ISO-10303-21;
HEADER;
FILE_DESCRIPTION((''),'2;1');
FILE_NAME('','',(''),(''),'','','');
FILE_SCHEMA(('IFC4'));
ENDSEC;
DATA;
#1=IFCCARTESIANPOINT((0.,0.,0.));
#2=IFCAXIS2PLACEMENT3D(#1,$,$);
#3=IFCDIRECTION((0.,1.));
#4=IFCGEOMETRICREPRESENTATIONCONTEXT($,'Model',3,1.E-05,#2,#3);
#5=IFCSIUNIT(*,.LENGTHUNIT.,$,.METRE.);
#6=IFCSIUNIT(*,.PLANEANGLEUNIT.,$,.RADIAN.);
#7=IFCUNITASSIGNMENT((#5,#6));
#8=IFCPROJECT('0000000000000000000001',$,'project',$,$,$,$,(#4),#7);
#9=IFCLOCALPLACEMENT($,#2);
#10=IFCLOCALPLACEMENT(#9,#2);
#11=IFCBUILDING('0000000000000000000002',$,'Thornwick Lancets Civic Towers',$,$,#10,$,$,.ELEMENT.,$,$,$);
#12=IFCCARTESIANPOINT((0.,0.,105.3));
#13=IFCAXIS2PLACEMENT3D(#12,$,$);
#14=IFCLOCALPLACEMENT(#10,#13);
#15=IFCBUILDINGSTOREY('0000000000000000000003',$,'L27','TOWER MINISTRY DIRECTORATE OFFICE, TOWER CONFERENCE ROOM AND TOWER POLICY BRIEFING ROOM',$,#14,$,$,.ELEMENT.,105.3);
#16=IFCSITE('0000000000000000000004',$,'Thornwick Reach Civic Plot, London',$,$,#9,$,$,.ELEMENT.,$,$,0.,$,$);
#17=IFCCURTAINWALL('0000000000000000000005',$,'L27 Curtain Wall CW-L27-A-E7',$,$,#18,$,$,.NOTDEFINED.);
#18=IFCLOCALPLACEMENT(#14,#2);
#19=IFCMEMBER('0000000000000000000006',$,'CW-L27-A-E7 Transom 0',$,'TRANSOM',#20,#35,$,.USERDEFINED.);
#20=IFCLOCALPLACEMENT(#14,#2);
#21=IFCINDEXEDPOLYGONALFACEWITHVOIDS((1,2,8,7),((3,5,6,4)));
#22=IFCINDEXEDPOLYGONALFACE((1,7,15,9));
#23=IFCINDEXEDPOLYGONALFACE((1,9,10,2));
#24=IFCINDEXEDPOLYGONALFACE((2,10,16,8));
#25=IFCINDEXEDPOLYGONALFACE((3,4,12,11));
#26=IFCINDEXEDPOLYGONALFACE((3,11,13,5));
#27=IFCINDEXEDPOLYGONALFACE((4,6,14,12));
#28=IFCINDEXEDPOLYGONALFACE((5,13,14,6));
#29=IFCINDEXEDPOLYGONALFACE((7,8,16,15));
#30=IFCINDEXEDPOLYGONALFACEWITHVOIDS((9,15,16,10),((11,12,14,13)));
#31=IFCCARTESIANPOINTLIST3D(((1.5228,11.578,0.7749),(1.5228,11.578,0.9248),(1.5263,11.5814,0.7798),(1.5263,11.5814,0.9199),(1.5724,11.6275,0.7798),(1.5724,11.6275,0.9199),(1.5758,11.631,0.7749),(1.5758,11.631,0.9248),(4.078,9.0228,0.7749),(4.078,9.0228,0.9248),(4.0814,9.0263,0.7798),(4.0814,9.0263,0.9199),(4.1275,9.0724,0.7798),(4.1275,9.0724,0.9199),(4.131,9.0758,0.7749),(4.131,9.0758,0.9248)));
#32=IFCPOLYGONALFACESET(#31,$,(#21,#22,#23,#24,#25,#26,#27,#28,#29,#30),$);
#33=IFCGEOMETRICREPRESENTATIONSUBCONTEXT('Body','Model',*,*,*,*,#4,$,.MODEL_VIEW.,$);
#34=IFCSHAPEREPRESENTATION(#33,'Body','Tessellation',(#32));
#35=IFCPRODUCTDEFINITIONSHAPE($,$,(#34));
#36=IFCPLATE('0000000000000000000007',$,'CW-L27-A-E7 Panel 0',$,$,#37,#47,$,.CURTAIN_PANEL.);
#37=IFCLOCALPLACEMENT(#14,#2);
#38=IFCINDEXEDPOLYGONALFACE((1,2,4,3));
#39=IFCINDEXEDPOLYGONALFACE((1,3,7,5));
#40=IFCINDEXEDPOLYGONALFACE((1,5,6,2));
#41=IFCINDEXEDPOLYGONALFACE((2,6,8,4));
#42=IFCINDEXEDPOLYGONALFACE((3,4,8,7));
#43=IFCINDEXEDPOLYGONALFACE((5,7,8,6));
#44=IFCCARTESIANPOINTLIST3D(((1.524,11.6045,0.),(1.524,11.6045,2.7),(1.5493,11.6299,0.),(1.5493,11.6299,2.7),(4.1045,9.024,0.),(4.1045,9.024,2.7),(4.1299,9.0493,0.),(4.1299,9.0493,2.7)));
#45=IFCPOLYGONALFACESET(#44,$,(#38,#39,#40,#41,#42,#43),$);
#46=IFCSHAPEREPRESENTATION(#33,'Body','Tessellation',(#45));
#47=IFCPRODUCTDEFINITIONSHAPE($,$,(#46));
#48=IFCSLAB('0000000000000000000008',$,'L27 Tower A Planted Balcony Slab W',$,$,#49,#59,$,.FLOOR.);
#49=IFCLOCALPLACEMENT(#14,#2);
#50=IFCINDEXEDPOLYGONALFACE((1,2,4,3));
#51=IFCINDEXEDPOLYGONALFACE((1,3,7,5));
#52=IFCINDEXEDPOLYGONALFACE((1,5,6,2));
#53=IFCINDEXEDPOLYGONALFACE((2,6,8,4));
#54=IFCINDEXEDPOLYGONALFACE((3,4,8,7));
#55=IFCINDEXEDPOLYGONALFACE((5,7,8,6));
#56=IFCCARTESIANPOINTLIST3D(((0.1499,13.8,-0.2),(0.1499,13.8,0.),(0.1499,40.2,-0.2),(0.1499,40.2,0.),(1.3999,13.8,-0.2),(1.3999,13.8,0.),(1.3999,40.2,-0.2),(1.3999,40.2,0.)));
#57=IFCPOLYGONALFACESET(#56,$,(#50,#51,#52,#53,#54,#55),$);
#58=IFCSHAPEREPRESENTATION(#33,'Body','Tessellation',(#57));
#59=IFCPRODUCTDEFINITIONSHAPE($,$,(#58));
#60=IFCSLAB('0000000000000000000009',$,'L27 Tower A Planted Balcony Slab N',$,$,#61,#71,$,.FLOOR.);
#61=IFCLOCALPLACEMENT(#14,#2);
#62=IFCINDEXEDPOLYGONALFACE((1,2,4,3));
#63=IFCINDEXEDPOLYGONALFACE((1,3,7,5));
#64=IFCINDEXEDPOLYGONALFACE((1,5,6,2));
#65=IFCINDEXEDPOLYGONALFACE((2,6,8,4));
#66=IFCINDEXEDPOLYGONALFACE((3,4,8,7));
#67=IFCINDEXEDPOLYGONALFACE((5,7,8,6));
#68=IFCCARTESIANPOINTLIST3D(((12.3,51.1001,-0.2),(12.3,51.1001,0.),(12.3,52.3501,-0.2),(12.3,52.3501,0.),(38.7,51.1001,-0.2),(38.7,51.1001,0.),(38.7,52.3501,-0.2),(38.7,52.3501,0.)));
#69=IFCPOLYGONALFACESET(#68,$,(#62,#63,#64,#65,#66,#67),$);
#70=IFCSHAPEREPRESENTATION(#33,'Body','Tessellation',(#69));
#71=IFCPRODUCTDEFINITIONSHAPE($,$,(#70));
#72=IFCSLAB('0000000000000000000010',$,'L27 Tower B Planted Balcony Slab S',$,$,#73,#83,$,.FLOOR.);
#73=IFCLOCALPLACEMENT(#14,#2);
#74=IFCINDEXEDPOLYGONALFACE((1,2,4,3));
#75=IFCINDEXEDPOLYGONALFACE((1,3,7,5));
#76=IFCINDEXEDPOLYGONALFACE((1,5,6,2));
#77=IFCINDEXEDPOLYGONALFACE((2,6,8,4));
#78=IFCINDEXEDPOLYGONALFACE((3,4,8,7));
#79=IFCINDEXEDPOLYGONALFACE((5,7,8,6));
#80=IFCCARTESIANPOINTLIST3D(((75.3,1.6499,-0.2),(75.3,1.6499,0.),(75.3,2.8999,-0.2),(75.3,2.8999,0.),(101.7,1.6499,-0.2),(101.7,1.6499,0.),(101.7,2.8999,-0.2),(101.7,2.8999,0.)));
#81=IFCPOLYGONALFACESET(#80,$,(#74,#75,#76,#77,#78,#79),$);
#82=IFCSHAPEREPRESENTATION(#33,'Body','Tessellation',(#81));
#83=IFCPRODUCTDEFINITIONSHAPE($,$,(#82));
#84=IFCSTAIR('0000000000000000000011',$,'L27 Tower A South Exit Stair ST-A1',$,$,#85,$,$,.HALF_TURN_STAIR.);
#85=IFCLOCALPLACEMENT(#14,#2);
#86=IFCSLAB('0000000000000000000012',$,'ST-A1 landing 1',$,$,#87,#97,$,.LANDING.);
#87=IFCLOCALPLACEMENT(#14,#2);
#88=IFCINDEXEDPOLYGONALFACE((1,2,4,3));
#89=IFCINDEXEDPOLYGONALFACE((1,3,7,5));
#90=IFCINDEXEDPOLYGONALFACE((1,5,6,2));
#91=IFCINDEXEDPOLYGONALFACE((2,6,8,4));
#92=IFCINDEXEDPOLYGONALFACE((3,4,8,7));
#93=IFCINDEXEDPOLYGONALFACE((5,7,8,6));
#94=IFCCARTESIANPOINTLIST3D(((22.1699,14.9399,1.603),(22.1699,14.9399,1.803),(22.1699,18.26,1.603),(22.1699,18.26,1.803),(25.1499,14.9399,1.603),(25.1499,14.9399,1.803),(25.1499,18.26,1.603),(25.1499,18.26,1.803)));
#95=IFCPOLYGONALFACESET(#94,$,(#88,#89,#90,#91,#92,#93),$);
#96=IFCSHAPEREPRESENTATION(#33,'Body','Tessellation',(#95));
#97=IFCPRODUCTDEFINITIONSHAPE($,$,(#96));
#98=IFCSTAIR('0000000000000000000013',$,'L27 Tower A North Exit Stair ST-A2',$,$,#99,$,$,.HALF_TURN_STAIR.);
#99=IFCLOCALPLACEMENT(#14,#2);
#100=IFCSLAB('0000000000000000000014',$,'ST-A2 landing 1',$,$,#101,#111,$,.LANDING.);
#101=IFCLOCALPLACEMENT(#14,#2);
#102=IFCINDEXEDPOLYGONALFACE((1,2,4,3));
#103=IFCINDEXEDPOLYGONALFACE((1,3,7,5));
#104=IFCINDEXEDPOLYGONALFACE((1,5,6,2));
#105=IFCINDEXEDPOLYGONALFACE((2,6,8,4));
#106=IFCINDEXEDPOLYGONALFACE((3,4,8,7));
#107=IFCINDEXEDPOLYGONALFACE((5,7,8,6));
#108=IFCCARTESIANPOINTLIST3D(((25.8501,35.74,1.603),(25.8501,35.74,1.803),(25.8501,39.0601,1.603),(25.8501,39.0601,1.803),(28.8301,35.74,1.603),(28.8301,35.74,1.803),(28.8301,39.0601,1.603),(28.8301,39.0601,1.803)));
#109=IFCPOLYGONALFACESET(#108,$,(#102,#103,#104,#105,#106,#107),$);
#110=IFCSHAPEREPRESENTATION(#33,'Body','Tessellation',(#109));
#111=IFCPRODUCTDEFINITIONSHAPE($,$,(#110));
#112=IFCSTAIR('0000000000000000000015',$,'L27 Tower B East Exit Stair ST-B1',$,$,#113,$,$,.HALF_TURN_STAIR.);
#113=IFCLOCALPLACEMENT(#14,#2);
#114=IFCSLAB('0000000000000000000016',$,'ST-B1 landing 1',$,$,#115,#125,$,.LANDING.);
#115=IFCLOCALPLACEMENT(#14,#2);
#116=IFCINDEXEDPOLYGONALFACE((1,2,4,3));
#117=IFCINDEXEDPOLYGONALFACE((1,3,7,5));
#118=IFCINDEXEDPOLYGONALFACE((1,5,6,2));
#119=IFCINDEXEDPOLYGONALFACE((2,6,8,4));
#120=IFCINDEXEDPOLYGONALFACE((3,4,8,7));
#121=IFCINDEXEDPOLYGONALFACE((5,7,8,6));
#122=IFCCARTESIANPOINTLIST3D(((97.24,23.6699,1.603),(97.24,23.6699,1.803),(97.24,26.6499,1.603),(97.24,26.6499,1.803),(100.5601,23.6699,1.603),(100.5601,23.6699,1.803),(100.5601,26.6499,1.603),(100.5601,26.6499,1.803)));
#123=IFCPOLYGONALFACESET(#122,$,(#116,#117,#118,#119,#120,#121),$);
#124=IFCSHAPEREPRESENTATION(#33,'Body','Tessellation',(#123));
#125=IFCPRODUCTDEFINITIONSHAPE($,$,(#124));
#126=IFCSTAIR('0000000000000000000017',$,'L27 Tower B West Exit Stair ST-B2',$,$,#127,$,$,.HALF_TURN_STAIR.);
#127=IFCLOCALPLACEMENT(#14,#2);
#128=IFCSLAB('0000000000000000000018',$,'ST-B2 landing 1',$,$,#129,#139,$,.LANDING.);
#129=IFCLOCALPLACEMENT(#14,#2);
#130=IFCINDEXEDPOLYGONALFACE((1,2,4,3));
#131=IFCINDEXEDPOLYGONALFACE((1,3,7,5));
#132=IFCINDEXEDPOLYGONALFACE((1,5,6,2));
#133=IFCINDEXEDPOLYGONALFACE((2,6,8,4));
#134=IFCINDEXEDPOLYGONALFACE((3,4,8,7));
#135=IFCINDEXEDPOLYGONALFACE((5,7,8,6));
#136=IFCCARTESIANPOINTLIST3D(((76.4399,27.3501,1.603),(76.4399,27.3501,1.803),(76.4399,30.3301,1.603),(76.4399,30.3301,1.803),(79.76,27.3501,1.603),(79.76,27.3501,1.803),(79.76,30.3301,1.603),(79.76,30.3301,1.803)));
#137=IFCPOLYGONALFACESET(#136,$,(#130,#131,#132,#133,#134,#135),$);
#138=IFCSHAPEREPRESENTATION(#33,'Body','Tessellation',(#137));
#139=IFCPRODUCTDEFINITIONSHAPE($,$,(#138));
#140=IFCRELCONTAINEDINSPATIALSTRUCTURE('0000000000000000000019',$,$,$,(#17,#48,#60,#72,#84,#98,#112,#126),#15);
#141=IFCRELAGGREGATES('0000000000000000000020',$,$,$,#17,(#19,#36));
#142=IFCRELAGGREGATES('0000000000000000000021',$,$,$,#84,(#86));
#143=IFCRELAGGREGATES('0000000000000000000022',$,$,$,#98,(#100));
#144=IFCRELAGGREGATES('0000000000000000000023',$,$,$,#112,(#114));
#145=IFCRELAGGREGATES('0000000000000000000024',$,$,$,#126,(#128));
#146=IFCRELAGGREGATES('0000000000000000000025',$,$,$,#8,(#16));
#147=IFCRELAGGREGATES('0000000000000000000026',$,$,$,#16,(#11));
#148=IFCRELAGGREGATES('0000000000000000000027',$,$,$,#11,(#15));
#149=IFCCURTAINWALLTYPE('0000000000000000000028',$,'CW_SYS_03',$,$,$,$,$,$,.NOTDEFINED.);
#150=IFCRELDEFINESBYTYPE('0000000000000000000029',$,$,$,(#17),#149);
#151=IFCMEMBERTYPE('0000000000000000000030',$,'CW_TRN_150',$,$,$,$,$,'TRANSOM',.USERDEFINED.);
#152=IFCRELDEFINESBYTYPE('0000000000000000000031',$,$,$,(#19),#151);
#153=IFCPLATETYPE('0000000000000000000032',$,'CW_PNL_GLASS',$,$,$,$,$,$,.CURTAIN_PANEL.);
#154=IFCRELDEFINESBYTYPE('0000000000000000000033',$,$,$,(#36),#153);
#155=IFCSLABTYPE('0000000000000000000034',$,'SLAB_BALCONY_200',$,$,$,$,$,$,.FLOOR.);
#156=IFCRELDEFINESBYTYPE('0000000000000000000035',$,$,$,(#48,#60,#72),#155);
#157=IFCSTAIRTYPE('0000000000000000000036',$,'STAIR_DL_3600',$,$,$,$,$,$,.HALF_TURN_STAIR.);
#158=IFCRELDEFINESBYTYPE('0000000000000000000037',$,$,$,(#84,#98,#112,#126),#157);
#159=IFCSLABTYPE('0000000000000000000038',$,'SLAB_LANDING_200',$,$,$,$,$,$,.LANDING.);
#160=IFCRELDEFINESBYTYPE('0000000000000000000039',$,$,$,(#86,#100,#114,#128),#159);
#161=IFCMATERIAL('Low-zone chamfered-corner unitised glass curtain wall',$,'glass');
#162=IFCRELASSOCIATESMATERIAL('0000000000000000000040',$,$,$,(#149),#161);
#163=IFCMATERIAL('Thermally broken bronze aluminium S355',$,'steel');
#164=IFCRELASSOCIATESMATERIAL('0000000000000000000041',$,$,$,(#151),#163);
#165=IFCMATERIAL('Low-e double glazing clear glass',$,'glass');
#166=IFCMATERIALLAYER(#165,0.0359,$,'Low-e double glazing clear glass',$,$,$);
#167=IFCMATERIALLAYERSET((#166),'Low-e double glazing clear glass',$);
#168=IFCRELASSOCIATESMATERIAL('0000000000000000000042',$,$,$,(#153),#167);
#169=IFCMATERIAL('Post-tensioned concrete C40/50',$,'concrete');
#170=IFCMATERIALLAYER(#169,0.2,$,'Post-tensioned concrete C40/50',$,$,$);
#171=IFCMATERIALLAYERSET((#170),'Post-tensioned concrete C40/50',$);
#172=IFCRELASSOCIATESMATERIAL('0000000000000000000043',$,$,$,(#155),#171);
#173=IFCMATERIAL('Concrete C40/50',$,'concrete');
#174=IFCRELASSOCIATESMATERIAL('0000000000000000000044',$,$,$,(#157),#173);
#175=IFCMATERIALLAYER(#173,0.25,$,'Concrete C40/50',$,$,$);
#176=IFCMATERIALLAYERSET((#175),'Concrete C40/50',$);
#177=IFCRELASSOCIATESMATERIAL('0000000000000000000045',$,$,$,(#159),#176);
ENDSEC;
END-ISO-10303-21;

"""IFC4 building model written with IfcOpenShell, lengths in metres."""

from ifc_helpers import new_model, si_unit, direction, frame, origin, origin_2d, place, context, subcontext, project, spatial, polyline, rectangle, hollow_rectangle, outline, extrude, material, layer, layer_set, material_profile, profile_set, type_object, element, aggregate, save


model = new_model("IFC4")

# Units and contexts
model_context = context("Model", 3, precision=1e-05, world=origin(), true_north=direction((0.0, 1.0)))
body_context = subcontext(model_context, "Body", "Model", "MODEL_VIEW")
ifc_project = project(units=[si_unit("LENGTHUNIT", "METRE"), si_unit("PLANEANGLEUNIT", "RADIAN")], contexts=[model_context])

# Site, building, storey
site_placement = place(None, origin())
site = spatial("IfcSite", under=ifc_project, at=site_placement, Name="Thornwick Reach Civic Plot, London", CompositionType="ELEMENT", RefElevation=0.0)
building_placement = place(site_placement, origin())
building = spatial("IfcBuilding", under=site, at=building_placement, Name="Thornwick Lancets Civic Towers", CompositionType="ELEMENT")
storey_placement = place(building_placement, frame((0.0, 0.0, 105.3)))
storey = spatial("IfcBuildingStorey", under=building, at=storey_placement, Name="L27", Description="TOWER MINISTRY DIRECTORATE OFFICE, TOWER CONFERENCE ROOM AND TOWER POLICY BRIEFING ROOM", CompositionType="ELEMENT", Elevation=105.3)

# Curtain wall, member, plate
ifc_material_1 = material(Name="Low-zone chamfered-corner unitised glass curtain wall", Category="glass")
curtain_wall_type = type_object("IfcCurtainWallType", Name="CW_SYS_03", PredefinedType="NOTDEFINED", material=ifc_material_1)
curtain_wall_placement = place(storey_placement, origin())
curtain_wall = element("IfcCurtainWall", 1, at=curtain_wall_placement, inside=storey, type_object=curtain_wall_type, Name="L27 Curtain Wall CW-L27-A-E7", PredefinedType="NOTDEFINED")
ifc_material_2 = material(Name="Thermally broken bronze aluminium S355", Category="steel")
ifc_material_profile_1 = material_profile(ifc_material_2, hollow_rectangle(XDim=0.075, YDim=0.1499, WallThickness=0.0049, at=origin_2d()), Name="RHS 150x75x5")
ifc_profile_set_1 = profile_set([ifc_material_profile_1], Name="Thermally broken bronze aluminium S355")
member_type_1 = type_object("IfcMemberType", Name="CW_TRN_150", ElementType="TRANSOM", PredefinedType="USERDEFINED", material=ifc_profile_set_1)
member_1_placement = place(storey_placement, frame((1.5493, 11.6045, 0.8499), z_axis=(0.707107, -0.707107, 0.0), x_axis=(0.707107, 0.707107, 0.0)))
member_1 = element("IfcMember", 2, at=member_1_placement, type_object=member_type_1, Name="CW-L27-A-E7 Transom 0", ObjectType="TRANSOM", PredefinedType="USERDEFINED", context=body_context, shape_type="SweptSolid", body=[
    extrude(hollow_rectangle(XDim=0.075, YDim=0.1499, WallThickness=0.0049, at=origin_2d()), origin(), (0.0, 0.0, 1.0), 3.6135),
])
ifc_material_3 = material(Name="Low-e double glazing clear glass", Category="glass")
ifc_layer_1 = layer(ifc_material_3, 0.0359, Name="Low-e double glazing clear glass")
ifc_layer_set_1 = layer_set([ifc_layer_1], Name="Low-e double glazing clear glass")
plate_type = type_object("IfcPlateType", Name="CW_PNL_GLASS", PredefinedType="CURTAIN_PANEL", material=ifc_layer_set_1)
plate_placement = place(storey_placement, frame((2.8269, 10.3269, 0.0), z_axis=(0.0, 0.0, 1.0), x_axis=(0.707107, -0.707107, 0.0)))
plate = element("IfcPlate", 3, at=plate_placement, type_object=plate_type, Name="CW-L27-A-E7 Panel 0", PredefinedType="CURTAIN_PANEL", context=body_context, shape_type="SweptSolid", body=[
    extrude(rectangle(XDim=3.6494, YDim=0.0359, at=origin_2d()), origin(), (0.0, 0.0, 1.0), 2.7),
])
aggregate(curtain_wall, [member_1, plate])

# Slabs
ifc_material_4 = material(Name="Post-tensioned concrete C40/50", Category="concrete")
ifc_layer_2 = layer(ifc_material_4, 0.2, Name="Post-tensioned concrete C40/50")
ifc_layer_set_2 = layer_set([ifc_layer_2], Name="Post-tensioned concrete C40/50")
slab_type_1 = type_object("IfcSlabType", Name="SLAB_BALCONY_200", PredefinedType="FLOOR", material=ifc_layer_set_2)
slab_1_placement = place(storey_placement, frame((0.0, 0.0, -0.2)))
element("IfcSlab", 4, at=slab_1_placement, inside=storey, type_object=slab_type_1, Name="L27 Tower A Planted Balcony Slab W", PredefinedType="FLOOR", context=body_context, shape_type="SweptSolid", body=[
    extrude(outline(polyline([(0.1499, 13.8), (1.3999, 13.8), (1.3999, 40.2), (0.1499, 40.2), (0.1499, 13.8)])), origin(), (0.0, 0.0, 1.0), 0.2),
])
slab_2_placement = place(storey_placement, frame((0.0, 0.0, -0.2)))
element("IfcSlab", 5, at=slab_2_placement, inside=storey, type_object=slab_type_1, Name="L27 Tower A Planted Balcony Slab N", PredefinedType="FLOOR", context=body_context, shape_type="SweptSolid", body=[
    extrude(outline(polyline([(12.3, 51.1001), (38.7, 51.1001), (38.7, 52.3501), (12.3, 52.3501), (12.3, 51.1001)])), origin(), (0.0, 0.0, 1.0), 0.2),
])
slab_3_placement = place(storey_placement, frame((0.0, 0.0, -0.2)))
element("IfcSlab", 6, at=slab_3_placement, inside=storey, type_object=slab_type_1, Name="L27 Tower B Planted Balcony Slab S", PredefinedType="FLOOR", context=body_context, shape_type="SweptSolid", body=[
    extrude(outline(polyline([(75.3, 1.6499), (101.7, 1.6499), (101.7, 2.8999), (75.3, 2.8999), (75.3, 1.6499)])), origin(), (0.0, 0.0, 1.0), 0.2),
])

# Stairs, slabs
ifc_material_5 = material(Name="Concrete C40/50", Category="concrete")
stair_type = type_object("IfcStairType", Name="STAIR_DL_3600", PredefinedType="HALF_TURN_STAIR", material=ifc_material_5)
stair_1_placement = place(storey_placement, origin())
stair_1 = element("IfcStair", 7, at=stair_1_placement, inside=storey, type_object=stair_type, Name="L27 Tower A South Exit Stair ST-A1", PredefinedType="HALF_TURN_STAIR")
ifc_layer_3 = layer(ifc_material_5, 0.25, Name="Concrete C40/50")
ifc_layer_set_3 = layer_set([ifc_layer_3], Name="Concrete C40/50")
slab_type_2 = type_object("IfcSlabType", Name="SLAB_LANDING_200", PredefinedType="LANDING", material=ifc_layer_set_3)
slab_4_placement = place(storey_placement, frame((0.0, 0.0, 1.603)))
slab_4 = element("IfcSlab", 8, at=slab_4_placement, type_object=slab_type_2, Name="ST-A1 landing 1", PredefinedType="LANDING", context=body_context, shape_type="SweptSolid", body=[
    extrude(outline(polyline([(22.1699, 14.9399), (25.1499, 14.9399), (25.1499, 18.26), (22.1699, 18.26), (22.1699, 14.9399)])), origin(), (0.0, 0.0, 1.0), 0.2),
])
aggregate(stair_1, [slab_4])
stair_2_placement = place(storey_placement, origin())
stair_2 = element("IfcStair", 9, at=stair_2_placement, inside=storey, type_object=stair_type, Name="L27 Tower A North Exit Stair ST-A2", PredefinedType="HALF_TURN_STAIR")
slab_5_placement = place(storey_placement, frame((0.0, 0.0, 1.603)))
slab_5 = element("IfcSlab", 10, at=slab_5_placement, type_object=slab_type_2, Name="ST-A2 landing 1", PredefinedType="LANDING", context=body_context, shape_type="SweptSolid", body=[
    extrude(outline(polyline([(28.8301, 39.0601), (25.8501, 39.0601), (25.8501, 35.74), (28.8301, 35.74), (28.8301, 39.0601)])), origin(), (0.0, 0.0, 1.0), 0.2),
])
aggregate(stair_2, [slab_5])
stair_3_placement = place(storey_placement, origin())
stair_3 = element("IfcStair", 11, at=stair_3_placement, inside=storey, type_object=stair_type, Name="L27 Tower B East Exit Stair ST-B1", PredefinedType="HALF_TURN_STAIR")
slab_6_placement = place(storey_placement, frame((0.0, 0.0, 1.603)))
slab_6 = element("IfcSlab", 12, at=slab_6_placement, type_object=slab_type_2, Name="ST-B1 landing 1", PredefinedType="LANDING", context=body_context, shape_type="SweptSolid", body=[
    extrude(outline(polyline([(100.5601, 23.6699), (100.5601, 26.6499), (97.24, 26.6499), (97.24, 23.6699), (100.5601, 23.6699)])), origin(), (0.0, 0.0, 1.0), 0.2),
])
aggregate(stair_3, [slab_6])
stair_4_placement = place(storey_placement, origin())
stair_4 = element("IfcStair", 13, at=stair_4_placement, inside=storey, type_object=stair_type, Name="L27 Tower B West Exit Stair ST-B2", PredefinedType="HALF_TURN_STAIR")
slab_7_placement = place(storey_placement, frame((0.0, 0.0, 1.603)))
slab_7 = element("IfcSlab", 14, at=slab_7_placement, type_object=slab_type_2, Name="ST-B2 landing 1", PredefinedType="LANDING", context=body_context, shape_type="SweptSolid", body=[
    extrude(outline(polyline([(76.4399, 30.3301), (76.4399, 27.3501), (79.76, 27.3501), (79.76, 30.3301), (76.4399, 30.3301)])), origin(), (0.0, 0.0, 1.0), 0.2),
])
aggregate(stair_4, [slab_7])

save(model, "model.ifc")
